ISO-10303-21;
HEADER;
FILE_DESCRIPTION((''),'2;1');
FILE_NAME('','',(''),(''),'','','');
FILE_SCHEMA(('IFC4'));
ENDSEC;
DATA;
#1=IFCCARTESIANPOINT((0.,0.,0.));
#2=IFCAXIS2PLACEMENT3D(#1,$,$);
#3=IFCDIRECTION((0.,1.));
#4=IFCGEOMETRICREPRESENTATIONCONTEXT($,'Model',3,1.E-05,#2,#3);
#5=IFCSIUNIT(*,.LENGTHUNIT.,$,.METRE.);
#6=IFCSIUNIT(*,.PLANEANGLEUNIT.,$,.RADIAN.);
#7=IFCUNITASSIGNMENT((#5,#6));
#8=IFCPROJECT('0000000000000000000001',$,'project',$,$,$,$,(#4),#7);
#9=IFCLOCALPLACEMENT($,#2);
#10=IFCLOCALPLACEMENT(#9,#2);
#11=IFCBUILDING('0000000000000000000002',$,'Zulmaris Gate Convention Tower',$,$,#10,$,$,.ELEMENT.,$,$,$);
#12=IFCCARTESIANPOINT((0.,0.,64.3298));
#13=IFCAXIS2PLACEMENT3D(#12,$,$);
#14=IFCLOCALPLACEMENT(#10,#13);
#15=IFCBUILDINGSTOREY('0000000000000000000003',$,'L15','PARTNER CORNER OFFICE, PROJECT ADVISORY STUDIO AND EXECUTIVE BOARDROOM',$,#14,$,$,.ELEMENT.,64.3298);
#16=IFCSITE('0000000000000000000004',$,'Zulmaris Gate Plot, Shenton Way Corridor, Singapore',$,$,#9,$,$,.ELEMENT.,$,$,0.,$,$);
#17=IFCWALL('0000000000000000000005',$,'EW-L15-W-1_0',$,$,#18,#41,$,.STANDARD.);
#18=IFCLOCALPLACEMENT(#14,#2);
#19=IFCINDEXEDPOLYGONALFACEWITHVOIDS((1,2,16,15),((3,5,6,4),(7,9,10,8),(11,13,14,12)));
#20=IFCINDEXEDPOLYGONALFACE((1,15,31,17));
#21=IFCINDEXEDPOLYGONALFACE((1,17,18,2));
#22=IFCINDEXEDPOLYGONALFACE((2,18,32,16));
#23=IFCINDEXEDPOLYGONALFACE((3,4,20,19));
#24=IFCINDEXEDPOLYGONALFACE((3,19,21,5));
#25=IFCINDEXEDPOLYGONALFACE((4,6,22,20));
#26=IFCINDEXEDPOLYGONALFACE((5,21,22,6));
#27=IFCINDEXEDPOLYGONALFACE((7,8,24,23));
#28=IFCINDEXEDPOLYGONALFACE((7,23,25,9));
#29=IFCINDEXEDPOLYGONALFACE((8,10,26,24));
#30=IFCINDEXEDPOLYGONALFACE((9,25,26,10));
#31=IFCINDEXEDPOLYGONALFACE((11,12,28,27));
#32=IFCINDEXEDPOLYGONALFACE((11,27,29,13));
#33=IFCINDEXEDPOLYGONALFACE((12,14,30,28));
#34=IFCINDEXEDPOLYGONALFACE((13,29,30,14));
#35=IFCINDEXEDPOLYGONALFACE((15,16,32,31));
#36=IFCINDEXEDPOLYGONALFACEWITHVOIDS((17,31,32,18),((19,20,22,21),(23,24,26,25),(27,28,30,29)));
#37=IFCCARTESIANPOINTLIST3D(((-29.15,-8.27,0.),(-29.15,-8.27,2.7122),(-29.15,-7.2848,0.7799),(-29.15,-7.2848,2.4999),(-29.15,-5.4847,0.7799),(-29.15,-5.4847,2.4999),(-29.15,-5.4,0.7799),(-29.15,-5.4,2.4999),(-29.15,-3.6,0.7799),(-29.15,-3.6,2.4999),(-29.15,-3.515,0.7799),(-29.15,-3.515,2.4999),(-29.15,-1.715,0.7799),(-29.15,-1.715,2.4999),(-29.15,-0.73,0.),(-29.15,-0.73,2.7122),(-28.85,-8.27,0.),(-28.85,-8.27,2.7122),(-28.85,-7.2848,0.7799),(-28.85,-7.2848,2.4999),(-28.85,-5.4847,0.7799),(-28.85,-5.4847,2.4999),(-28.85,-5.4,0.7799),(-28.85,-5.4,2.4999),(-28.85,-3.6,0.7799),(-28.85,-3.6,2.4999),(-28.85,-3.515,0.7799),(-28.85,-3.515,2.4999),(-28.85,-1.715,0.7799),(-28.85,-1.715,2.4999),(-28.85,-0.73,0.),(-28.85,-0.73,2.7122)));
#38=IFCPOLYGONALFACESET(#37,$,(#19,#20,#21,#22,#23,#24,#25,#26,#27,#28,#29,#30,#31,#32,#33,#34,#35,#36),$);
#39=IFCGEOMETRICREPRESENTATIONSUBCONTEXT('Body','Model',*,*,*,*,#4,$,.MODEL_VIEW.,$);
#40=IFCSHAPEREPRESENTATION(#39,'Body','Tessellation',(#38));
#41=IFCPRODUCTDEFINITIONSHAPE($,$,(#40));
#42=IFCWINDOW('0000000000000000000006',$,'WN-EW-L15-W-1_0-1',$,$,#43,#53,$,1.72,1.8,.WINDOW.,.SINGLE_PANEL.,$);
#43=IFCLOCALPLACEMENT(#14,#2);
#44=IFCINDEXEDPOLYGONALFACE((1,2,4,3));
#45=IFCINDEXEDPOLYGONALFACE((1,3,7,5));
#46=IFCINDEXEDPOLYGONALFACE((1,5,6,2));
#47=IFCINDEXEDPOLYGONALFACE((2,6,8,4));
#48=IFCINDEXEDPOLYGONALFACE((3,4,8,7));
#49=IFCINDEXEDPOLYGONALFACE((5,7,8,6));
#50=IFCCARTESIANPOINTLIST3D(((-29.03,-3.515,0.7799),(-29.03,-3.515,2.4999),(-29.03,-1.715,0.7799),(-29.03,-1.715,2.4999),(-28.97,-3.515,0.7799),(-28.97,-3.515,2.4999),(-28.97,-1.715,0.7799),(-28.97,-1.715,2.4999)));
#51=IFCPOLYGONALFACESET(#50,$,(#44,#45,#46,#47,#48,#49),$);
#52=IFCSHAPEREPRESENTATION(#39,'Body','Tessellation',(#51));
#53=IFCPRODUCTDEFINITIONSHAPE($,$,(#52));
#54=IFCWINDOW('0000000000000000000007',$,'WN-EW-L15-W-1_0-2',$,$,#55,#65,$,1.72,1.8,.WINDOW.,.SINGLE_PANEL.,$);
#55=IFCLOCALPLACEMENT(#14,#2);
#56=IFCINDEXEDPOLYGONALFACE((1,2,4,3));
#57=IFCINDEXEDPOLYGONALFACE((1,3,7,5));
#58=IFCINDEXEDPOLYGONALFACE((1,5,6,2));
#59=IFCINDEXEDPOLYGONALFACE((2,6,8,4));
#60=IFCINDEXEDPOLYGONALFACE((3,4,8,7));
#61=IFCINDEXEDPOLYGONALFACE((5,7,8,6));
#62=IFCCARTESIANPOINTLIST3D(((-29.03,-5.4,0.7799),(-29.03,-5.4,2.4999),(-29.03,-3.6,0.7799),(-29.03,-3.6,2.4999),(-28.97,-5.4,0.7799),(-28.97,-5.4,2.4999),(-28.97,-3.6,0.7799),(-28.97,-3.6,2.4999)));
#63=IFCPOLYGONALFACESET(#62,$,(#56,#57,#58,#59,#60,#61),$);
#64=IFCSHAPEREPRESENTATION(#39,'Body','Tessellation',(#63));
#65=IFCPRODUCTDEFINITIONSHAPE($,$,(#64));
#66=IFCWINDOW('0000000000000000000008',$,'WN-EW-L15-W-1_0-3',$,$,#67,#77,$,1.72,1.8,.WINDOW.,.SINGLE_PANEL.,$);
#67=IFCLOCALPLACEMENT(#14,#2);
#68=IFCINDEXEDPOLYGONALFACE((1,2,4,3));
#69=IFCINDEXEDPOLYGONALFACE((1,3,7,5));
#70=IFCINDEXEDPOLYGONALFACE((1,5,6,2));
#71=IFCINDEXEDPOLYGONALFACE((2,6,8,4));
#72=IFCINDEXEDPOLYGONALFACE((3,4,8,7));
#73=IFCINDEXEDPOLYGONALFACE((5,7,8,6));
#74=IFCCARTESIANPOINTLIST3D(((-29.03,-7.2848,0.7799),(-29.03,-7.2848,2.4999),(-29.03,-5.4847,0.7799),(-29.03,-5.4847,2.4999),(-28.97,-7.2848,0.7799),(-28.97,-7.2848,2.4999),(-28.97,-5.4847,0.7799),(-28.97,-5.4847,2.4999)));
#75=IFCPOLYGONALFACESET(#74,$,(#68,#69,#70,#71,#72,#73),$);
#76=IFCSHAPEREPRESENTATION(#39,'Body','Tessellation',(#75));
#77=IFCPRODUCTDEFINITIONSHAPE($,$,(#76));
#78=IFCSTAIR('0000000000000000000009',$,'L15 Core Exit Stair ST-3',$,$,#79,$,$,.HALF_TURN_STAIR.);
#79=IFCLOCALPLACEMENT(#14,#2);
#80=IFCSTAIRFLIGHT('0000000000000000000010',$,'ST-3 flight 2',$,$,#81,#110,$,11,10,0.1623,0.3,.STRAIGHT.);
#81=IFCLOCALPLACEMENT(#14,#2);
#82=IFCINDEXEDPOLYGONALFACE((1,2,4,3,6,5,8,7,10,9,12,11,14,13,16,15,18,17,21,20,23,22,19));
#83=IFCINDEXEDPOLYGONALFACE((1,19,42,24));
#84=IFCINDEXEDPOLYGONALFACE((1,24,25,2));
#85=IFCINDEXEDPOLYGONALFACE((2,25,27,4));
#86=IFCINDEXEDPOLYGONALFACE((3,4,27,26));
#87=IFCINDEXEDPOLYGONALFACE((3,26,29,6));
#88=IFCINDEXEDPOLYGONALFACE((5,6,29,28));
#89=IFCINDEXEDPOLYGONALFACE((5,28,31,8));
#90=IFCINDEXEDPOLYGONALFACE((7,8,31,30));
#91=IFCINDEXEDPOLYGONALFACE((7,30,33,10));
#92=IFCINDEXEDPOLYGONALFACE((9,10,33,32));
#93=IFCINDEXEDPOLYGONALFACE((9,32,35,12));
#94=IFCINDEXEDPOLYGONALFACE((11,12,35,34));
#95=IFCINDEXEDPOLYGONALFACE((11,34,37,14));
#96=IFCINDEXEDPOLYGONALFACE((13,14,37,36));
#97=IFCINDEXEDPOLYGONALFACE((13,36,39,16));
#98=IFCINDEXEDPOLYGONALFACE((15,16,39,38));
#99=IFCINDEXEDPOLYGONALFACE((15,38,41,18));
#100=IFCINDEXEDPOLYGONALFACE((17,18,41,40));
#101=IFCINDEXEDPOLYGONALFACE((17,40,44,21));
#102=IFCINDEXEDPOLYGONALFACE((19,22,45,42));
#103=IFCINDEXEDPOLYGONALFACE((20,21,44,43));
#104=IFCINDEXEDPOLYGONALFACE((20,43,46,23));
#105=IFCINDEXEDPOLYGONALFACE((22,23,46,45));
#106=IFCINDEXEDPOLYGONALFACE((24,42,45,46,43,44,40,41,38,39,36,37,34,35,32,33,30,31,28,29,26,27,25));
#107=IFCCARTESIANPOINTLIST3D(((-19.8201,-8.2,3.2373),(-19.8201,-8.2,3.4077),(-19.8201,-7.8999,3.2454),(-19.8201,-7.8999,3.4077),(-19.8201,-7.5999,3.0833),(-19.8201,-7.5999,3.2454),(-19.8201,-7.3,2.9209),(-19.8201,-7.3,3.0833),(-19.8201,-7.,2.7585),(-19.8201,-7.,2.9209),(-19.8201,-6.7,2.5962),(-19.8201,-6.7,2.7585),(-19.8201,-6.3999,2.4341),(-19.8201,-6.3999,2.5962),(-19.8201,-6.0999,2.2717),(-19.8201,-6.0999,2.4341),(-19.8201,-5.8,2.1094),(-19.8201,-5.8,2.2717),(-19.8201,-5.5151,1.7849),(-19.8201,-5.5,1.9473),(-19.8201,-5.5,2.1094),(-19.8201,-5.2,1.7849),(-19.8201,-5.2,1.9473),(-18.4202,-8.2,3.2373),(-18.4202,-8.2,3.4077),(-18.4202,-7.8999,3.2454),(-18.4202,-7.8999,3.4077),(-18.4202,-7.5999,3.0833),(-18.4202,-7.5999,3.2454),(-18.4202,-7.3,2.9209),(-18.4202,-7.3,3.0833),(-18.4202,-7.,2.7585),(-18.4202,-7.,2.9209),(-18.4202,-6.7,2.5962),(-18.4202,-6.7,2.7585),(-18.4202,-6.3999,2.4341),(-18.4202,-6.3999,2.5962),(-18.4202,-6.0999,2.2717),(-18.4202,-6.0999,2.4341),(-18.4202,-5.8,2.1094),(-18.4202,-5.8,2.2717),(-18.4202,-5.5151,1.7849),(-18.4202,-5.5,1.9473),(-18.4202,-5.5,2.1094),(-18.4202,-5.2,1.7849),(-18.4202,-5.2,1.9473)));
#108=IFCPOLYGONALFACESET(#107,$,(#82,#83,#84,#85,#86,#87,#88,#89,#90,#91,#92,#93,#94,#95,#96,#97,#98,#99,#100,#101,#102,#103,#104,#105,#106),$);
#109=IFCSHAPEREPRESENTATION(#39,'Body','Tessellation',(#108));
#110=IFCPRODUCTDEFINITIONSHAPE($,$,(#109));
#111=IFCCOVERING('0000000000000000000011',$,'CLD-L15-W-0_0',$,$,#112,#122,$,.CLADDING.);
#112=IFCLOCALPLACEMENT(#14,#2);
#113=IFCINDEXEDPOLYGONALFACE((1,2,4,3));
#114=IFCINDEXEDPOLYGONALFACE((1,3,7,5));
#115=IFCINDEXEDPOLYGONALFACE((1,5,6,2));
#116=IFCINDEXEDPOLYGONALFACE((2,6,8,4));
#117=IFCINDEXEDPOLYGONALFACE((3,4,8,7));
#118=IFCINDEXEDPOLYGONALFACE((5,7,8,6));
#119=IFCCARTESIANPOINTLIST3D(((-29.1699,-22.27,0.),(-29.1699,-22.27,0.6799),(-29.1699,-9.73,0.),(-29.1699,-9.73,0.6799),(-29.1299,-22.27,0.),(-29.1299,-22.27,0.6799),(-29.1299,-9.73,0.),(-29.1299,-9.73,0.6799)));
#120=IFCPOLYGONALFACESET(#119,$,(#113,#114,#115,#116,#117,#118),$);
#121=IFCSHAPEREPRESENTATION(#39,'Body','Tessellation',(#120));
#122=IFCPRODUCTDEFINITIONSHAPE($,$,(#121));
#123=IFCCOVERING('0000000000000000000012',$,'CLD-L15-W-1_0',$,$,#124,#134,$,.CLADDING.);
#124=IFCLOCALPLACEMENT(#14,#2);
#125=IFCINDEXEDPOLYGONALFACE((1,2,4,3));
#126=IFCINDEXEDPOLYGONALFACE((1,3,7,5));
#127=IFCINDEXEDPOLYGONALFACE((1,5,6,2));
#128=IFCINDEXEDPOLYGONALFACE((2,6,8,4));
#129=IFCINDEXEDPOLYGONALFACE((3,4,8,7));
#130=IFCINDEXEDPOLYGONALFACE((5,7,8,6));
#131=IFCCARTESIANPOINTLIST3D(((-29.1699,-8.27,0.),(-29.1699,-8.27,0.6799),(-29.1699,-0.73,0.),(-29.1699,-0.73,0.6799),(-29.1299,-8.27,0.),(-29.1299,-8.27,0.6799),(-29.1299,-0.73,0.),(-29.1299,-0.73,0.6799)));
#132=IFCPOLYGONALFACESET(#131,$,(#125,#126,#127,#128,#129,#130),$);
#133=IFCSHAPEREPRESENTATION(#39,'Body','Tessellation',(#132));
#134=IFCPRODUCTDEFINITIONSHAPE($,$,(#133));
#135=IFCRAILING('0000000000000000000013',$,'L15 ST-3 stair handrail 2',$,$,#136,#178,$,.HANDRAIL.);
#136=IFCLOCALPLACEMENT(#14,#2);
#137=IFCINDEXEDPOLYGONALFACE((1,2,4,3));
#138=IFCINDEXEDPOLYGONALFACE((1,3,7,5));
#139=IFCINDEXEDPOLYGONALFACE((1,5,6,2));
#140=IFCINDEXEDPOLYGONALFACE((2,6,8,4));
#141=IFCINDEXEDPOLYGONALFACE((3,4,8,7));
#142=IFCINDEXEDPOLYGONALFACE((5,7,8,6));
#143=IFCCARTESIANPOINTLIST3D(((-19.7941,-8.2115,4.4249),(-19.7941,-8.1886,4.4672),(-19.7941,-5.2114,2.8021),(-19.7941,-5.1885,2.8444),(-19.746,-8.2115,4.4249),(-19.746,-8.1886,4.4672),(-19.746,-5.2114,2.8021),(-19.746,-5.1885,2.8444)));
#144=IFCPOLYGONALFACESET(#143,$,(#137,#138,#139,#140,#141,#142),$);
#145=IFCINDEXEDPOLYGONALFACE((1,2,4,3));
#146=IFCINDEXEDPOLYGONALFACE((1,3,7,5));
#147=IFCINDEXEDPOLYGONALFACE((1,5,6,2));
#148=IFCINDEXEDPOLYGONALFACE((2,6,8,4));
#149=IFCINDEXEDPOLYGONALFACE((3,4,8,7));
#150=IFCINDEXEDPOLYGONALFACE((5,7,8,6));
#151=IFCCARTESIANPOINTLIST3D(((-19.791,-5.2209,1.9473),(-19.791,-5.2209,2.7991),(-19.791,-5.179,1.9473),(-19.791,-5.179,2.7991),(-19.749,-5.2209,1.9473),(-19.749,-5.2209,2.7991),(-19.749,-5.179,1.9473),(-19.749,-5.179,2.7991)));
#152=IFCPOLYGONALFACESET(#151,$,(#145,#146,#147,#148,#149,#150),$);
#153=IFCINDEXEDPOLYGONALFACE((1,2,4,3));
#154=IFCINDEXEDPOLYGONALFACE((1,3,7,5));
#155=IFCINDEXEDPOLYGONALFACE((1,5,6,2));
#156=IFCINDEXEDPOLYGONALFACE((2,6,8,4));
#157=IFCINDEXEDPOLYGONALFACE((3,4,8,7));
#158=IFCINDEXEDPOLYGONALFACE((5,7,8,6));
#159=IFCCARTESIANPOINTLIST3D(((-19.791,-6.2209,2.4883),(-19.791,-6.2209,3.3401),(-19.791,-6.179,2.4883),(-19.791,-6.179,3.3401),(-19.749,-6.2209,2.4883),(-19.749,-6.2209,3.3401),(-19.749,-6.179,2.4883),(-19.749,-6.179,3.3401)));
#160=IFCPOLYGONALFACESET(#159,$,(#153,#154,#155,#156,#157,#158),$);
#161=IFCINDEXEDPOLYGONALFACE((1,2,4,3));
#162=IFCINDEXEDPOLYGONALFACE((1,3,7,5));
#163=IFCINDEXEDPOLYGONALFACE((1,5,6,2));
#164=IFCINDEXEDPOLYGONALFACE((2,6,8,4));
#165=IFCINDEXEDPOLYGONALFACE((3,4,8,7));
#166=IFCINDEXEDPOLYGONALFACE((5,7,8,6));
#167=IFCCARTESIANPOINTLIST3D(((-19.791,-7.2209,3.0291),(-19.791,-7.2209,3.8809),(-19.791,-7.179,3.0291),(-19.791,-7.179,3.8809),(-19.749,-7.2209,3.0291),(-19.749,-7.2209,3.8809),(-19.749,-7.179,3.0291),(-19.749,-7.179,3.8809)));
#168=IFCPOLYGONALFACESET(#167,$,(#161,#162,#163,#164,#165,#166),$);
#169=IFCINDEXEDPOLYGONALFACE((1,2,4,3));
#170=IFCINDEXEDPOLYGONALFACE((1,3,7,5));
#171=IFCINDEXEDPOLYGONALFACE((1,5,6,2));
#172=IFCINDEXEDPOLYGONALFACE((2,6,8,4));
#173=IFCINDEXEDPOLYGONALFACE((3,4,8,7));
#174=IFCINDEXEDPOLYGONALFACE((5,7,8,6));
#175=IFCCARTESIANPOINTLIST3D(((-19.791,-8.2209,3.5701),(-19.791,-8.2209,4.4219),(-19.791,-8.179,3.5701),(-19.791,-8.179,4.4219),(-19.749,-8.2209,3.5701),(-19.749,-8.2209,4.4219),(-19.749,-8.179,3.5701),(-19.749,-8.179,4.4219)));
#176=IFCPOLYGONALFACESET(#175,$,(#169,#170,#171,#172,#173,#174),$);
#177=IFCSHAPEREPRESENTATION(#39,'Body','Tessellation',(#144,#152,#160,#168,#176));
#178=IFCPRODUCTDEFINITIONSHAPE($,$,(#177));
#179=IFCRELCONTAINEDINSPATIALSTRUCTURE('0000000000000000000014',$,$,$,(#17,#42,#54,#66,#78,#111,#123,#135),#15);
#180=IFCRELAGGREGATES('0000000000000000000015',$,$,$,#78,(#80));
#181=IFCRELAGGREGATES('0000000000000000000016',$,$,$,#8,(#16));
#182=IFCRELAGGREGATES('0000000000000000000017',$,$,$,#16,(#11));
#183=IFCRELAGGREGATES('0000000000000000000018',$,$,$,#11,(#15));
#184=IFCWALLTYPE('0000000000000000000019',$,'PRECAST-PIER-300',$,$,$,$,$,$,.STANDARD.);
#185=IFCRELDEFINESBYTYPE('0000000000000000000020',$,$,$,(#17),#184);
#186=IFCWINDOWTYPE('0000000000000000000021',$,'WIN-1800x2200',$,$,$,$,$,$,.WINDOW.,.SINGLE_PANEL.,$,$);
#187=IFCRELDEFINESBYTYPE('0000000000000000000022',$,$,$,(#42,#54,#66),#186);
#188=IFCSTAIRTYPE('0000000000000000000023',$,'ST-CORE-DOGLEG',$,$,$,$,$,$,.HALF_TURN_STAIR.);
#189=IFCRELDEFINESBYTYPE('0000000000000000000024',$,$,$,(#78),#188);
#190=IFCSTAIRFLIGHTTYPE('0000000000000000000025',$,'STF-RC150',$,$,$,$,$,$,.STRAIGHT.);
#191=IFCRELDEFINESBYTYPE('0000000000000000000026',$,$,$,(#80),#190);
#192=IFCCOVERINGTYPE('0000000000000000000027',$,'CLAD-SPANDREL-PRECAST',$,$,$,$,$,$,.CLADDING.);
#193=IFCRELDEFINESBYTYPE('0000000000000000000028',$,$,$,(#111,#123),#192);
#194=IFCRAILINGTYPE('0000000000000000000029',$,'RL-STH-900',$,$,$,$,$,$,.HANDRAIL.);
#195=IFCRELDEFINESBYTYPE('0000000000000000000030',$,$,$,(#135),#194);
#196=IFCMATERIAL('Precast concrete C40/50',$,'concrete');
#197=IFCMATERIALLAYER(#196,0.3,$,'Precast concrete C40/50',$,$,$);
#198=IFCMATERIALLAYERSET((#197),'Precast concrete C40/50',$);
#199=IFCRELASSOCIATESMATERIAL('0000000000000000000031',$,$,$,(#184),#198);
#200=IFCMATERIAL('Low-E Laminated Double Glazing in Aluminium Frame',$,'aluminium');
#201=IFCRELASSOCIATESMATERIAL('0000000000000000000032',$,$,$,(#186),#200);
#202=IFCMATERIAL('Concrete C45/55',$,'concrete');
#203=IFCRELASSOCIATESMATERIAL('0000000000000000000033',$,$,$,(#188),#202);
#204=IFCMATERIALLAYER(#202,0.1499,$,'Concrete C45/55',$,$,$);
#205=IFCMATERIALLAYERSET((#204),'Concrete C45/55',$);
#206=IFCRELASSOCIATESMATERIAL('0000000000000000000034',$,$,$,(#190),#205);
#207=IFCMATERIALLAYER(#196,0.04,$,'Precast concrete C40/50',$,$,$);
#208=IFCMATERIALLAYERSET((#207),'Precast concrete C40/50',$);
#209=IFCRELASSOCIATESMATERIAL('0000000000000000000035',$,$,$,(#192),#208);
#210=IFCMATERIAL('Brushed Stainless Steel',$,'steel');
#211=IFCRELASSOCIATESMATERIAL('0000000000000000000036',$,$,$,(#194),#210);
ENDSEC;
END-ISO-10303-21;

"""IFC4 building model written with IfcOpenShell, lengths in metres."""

from ifc_helpers import new_model, si_unit, direction, frame, frame_2d, origin, origin_2d, place, context, subcontext, project, spatial, polyline, rectangle, outline, extrude, material, layer, layer_set, type_object, element, fill, aggregate, save


model = new_model("IFC4")

# Units and contexts
model_context = context("Model", 3, precision=1e-05, world=origin(), true_north=direction((0.0, 1.0)))
body_context = subcontext(model_context, "Body", "Model", "MODEL_VIEW")
ifc_project = project(units=[si_unit("LENGTHUNIT", "METRE"), si_unit("PLANEANGLEUNIT", "RADIAN")], contexts=[model_context])

# Site, building, storey
site_placement = place(None, origin())
site = spatial("IfcSite", under=ifc_project, at=site_placement, Name="Zulmaris Gate Plot, Shenton Way Corridor, Singapore", CompositionType="ELEMENT", RefElevation=0.0)
building_placement = place(site_placement, origin())
building = spatial("IfcBuilding", under=site, at=building_placement, Name="Zulmaris Gate Convention Tower", CompositionType="ELEMENT")
storey_placement = place(building_placement, frame((0.0, 0.0, 64.3298)))
storey = spatial("IfcBuildingStorey", under=building, at=storey_placement, Name="L15", Description="PARTNER CORNER OFFICE, PROJECT ADVISORY STUDIO AND EXECUTIVE BOARDROOM", CompositionType="ELEMENT", Elevation=64.3298)

# Shared definitions
ifc_material_1 = material(Name="Precast concrete C40/50", Category="concrete")
ifc_layer_1 = layer(ifc_material_1, 0.3, Name="Precast concrete C40/50")
ifc_layer_set_1 = layer_set([ifc_layer_1], Name="Precast concrete C40/50")
wall_type_1 = type_object("IfcWallType", Name="PRECAST-PIER-300", PredefinedType="STANDARD", material=ifc_layer_set_1)

# Wall, openings, windows
wall_1_placement = place(storey_placement, frame((-29.0, -0.73, 0.0), z_axis=(0.0, 0.0, 1.0), x_axis=(0.0, -1.0, 0.0)))
wall_1 = element("IfcWall", 1, at=wall_1_placement, inside=storey, type_object=wall_type_1, Name="EW-L15-W-1_0", PredefinedType="STANDARD", context=body_context, shape_type="SweptSolid", body=[
    extrude(rectangle(XDim=7.54, YDim=0.3, at=frame_2d((3.77, 0.0))), origin(), (0.0, 0.0, 1.0), 2.7122),
])
opening_1_placement = place(wall_1_placement, frame((0.9851, 0.0, 0.78)))
opening_1 = element("IfcOpeningElement", 2, at=opening_1_placement, cuts=wall_1, PredefinedType="OPENING", context=body_context, shape_type="SweptSolid", body=[
    extrude(rectangle(XDim=1.8, YDim=1.72, at=frame_2d((0.8999, 0.8599))), frame((0.0, 0.1602, 0.0), z_axis=(0.0, -1.0, 0.0), x_axis=(1.0, 0.0, 0.0)), (0.0, 0.0, 1.0), 0.3201),
])
opening_2_placement = place(wall_1_placement, frame((2.8701, 0.0, 0.78)))
opening_2 = element("IfcOpeningElement", 3, at=opening_2_placement, cuts=wall_1, PredefinedType="OPENING", context=body_context, shape_type="SweptSolid", body=[
    extrude(rectangle(XDim=1.8, YDim=1.72, at=frame_2d((0.8999, 0.8599))), frame((0.0, 0.1602, 0.0), z_axis=(0.0, -1.0, 0.0), x_axis=(1.0, 0.0, 0.0)), (0.0, 0.0, 1.0), 0.3201),
])
opening_3_placement = place(wall_1_placement, frame((4.7549, 0.0, 0.78)))
opening_3 = element("IfcOpeningElement", 4, at=opening_3_placement, cuts=wall_1, PredefinedType="OPENING", context=body_context, shape_type="SweptSolid", body=[
    extrude(rectangle(XDim=1.8, YDim=1.72, at=frame_2d((0.8999, 0.8599))), frame((0.0, 0.1602, 0.0), z_axis=(0.0, -1.0, 0.0), x_axis=(1.0, 0.0, 0.0)), (0.0, 0.0, 1.0), 0.3201),
])
ifc_material_2 = material(Name="Low-E Laminated Double Glazing in Aluminium Frame", Category="aluminium")
window_type = type_object("IfcWindowType", Name="WIN-1800x2200", PartitioningType="SINGLE_PANEL", PredefinedType="WINDOW", material=ifc_material_2)
window_1_placement = place(opening_1_placement, origin())
window_1 = element("IfcWindow", 5, at=window_1_placement, inside=storey, type_object=window_type, Name="WN-EW-L15-W-1_0-1", OverallHeight=1.72, OverallWidth=1.8, PartitioningType="SINGLE_PANEL", PredefinedType="WINDOW", context=body_context, shape_type="SweptSolid", body=[
    extrude(rectangle(XDim=1.8, YDim=1.72, at=frame_2d((0.8999, 0.8599))), frame((0.0, 0.03, 0.0), z_axis=(0.0, -1.0, 0.0), x_axis=(1.0, 0.0, 0.0)), (0.0, 0.0, 1.0), 0.0601),
])
fill(opening_1, window_1)
window_2_placement = place(opening_2_placement, origin())
window_2 = element("IfcWindow", 6, at=window_2_placement, inside=storey, type_object=window_type, Name="WN-EW-L15-W-1_0-2", OverallHeight=1.72, OverallWidth=1.8, PartitioningType="SINGLE_PANEL", PredefinedType="WINDOW", context=body_context, shape_type="SweptSolid", body=[
    extrude(rectangle(XDim=1.8, YDim=1.72, at=frame_2d((0.8999, 0.8599))), frame((0.0, 0.03, 0.0), z_axis=(0.0, -1.0, 0.0), x_axis=(1.0, 0.0, 0.0)), (0.0, 0.0, 1.0), 0.0601),
])
fill(opening_2, window_2)
window_3_placement = place(opening_3_placement, origin())
window_3 = element("IfcWindow", 7, at=window_3_placement, inside=storey, type_object=window_type, Name="WN-EW-L15-W-1_0-3", OverallHeight=1.72, OverallWidth=1.8, PartitioningType="SINGLE_PANEL", PredefinedType="WINDOW", context=body_context, shape_type="SweptSolid", body=[
    extrude(rectangle(XDim=1.8, YDim=1.72, at=frame_2d((0.8999, 0.8599))), frame((0.0, 0.03, 0.0), z_axis=(0.0, -1.0, 0.0), x_axis=(1.0, 0.0, 0.0)), (0.0, 0.0, 1.0), 0.0601),
])
fill(opening_3, window_3)

# Stair, stair flight
ifc_material_3 = material(Name="Concrete C45/55", Category="concrete")
stair_type = type_object("IfcStairType", Name="ST-CORE-DOGLEG", PredefinedType="HALF_TURN_STAIR", material=ifc_material_3)
stair_placement = place(storey_placement, origin())
stair = element("IfcStair", 8, at=stair_placement, inside=storey, type_object=stair_type, Name="L15 Core Exit Stair ST-3", PredefinedType="HALF_TURN_STAIR")
ifc_layer_2 = layer(ifc_material_3, 0.1499, Name="Concrete C45/55")
ifc_layer_set_2 = layer_set([ifc_layer_2], Name="Concrete C45/55")
stair_flight_type = type_object("IfcStairFlightType", Name="STF-RC150", PredefinedType="STRAIGHT", material=ifc_layer_set_2)
stair_flight_placement = place(storey_placement, frame((-19.1201, -5.2, 1.7849), z_axis=(0.0, 0.0, 1.0), x_axis=(0.0, -1.0, 0.0)))
stair_flight = element("IfcStairFlight", 9, at=stair_flight_placement, type_object=stair_flight_type, Name="ST-3 flight 2", NumberOfRisers=11, NumberOfTreads=10, PredefinedType="STRAIGHT", RiserHeight=0.1623, TreadLength=0.3, context=body_context, shape_type="SweptSolid", body=[
    extrude(outline(polyline([(0.0, 0.0), (0.0, 0.1624), (0.3, 0.1624), (0.3, 0.3245), (0.6001, 0.3245), (0.6001, 0.4868), (0.8999, 0.4868), (0.8999, 0.6492), (1.2, 0.6492), (1.2, 0.8113), (1.5, 0.8113), (1.5, 0.9736), (1.8, 0.9736), (1.8, 1.136), (2.1001, 1.136), (2.1001, 1.2983), (2.3999, 1.2983), (2.3999, 1.4604), (2.7, 1.4604), (2.7, 1.6228), (3.0, 1.6228), (3.0, 1.7852), (3.0, 1.4524), (0.3152, 0.0), (0.0, 0.0)])), frame((0.0, 0.7, 0.0), z_axis=(0.0, -1.0, 0.0), x_axis=(1.0, 0.0, 0.0)), (0.0, 0.0, 1.0), 1.3999),
])
aggregate(stair, [stair_flight])

# Coverings
ifc_layer_3 = layer(ifc_material_1, 0.04, Name="Precast concrete C40/50")
ifc_layer_set_3 = layer_set([ifc_layer_3], Name="Precast concrete C40/50")
covering_type = type_object("IfcCoveringType", Name="CLAD-SPANDREL-PRECAST", PredefinedType="CLADDING", material=ifc_layer_set_3)
covering_1_placement = place(storey_placement, frame((-29.1499, -9.73, 0.0), z_axis=(0.0, 0.0, 1.0), x_axis=(0.0, -1.0, 0.0)))
element("IfcCovering", 10, at=covering_1_placement, inside=storey, type_object=covering_type, Name="CLD-L15-W-0_0", PredefinedType="CLADDING", context=body_context, shape_type="SweptSolid", body=[
    extrude(rectangle(XDim=12.54, YDim=0.04, at=frame_2d((6.27, 0.0))), origin(), (0.0, 0.0, 1.0), 0.6799),
])
covering_2_placement = place(storey_placement, frame((-29.1499, -0.73, 0.0), z_axis=(0.0, 0.0, 1.0), x_axis=(0.0, -1.0, 0.0)))
element("IfcCovering", 11, at=covering_2_placement, inside=storey, type_object=covering_type, Name="CLD-L15-W-1_0", PredefinedType="CLADDING", context=body_context, shape_type="SweptSolid", body=[
    extrude(rectangle(XDim=7.54, YDim=0.04, at=frame_2d((3.77, 0.0))), origin(), (0.0, 0.0, 1.0), 0.6799),
])

# Railing
ifc_material_4 = material(Name="Brushed Stainless Steel", Category="steel")
railing_type = type_object("IfcRailingType", Name="RL-STH-900", PredefinedType="HANDRAIL", material=ifc_material_4)
railing_placement = place(storey_placement, frame((-19.77, -5.2, 1.9473)))
element("IfcRailing", 12, at=railing_placement, inside=storey, type_object=railing_type, Name="L15 ST-3 stair handrail 2", PredefinedType="HANDRAIL", context=body_context, shape_type="SweptSolid", body=[
    extrude(rectangle(XDim=0.0481, YDim=0.0481, at=origin_2d()), frame((0.0, 0.0, 0.876), z_axis=(0.0, -0.879562, 0.475785), x_axis=(1.0, 0.0, 0.0)), (0.0, 0.0, 1.0), 3.4109),
    extrude(rectangle(XDim=0.042, YDim=0.042, at=origin_2d()), origin(), (0.0, 0.0, 1.0), 0.8518),
    extrude(rectangle(XDim=0.042, YDim=0.042, at=origin_2d()), frame((0.0, -1.0, 0.541)), (0.0, 0.0, 1.0), 0.8518),
    extrude(rectangle(XDim=0.042, YDim=0.042, at=origin_2d()), frame((0.0, -2.0, 1.0818)), (0.0, 0.0, 1.0), 0.8518),
    extrude(rectangle(XDim=0.042, YDim=0.042, at=origin_2d()), frame((0.0, -3.0, 1.6228)), (0.0, 0.0, 1.0), 0.8518),
])

save(model, "model.ifc")
